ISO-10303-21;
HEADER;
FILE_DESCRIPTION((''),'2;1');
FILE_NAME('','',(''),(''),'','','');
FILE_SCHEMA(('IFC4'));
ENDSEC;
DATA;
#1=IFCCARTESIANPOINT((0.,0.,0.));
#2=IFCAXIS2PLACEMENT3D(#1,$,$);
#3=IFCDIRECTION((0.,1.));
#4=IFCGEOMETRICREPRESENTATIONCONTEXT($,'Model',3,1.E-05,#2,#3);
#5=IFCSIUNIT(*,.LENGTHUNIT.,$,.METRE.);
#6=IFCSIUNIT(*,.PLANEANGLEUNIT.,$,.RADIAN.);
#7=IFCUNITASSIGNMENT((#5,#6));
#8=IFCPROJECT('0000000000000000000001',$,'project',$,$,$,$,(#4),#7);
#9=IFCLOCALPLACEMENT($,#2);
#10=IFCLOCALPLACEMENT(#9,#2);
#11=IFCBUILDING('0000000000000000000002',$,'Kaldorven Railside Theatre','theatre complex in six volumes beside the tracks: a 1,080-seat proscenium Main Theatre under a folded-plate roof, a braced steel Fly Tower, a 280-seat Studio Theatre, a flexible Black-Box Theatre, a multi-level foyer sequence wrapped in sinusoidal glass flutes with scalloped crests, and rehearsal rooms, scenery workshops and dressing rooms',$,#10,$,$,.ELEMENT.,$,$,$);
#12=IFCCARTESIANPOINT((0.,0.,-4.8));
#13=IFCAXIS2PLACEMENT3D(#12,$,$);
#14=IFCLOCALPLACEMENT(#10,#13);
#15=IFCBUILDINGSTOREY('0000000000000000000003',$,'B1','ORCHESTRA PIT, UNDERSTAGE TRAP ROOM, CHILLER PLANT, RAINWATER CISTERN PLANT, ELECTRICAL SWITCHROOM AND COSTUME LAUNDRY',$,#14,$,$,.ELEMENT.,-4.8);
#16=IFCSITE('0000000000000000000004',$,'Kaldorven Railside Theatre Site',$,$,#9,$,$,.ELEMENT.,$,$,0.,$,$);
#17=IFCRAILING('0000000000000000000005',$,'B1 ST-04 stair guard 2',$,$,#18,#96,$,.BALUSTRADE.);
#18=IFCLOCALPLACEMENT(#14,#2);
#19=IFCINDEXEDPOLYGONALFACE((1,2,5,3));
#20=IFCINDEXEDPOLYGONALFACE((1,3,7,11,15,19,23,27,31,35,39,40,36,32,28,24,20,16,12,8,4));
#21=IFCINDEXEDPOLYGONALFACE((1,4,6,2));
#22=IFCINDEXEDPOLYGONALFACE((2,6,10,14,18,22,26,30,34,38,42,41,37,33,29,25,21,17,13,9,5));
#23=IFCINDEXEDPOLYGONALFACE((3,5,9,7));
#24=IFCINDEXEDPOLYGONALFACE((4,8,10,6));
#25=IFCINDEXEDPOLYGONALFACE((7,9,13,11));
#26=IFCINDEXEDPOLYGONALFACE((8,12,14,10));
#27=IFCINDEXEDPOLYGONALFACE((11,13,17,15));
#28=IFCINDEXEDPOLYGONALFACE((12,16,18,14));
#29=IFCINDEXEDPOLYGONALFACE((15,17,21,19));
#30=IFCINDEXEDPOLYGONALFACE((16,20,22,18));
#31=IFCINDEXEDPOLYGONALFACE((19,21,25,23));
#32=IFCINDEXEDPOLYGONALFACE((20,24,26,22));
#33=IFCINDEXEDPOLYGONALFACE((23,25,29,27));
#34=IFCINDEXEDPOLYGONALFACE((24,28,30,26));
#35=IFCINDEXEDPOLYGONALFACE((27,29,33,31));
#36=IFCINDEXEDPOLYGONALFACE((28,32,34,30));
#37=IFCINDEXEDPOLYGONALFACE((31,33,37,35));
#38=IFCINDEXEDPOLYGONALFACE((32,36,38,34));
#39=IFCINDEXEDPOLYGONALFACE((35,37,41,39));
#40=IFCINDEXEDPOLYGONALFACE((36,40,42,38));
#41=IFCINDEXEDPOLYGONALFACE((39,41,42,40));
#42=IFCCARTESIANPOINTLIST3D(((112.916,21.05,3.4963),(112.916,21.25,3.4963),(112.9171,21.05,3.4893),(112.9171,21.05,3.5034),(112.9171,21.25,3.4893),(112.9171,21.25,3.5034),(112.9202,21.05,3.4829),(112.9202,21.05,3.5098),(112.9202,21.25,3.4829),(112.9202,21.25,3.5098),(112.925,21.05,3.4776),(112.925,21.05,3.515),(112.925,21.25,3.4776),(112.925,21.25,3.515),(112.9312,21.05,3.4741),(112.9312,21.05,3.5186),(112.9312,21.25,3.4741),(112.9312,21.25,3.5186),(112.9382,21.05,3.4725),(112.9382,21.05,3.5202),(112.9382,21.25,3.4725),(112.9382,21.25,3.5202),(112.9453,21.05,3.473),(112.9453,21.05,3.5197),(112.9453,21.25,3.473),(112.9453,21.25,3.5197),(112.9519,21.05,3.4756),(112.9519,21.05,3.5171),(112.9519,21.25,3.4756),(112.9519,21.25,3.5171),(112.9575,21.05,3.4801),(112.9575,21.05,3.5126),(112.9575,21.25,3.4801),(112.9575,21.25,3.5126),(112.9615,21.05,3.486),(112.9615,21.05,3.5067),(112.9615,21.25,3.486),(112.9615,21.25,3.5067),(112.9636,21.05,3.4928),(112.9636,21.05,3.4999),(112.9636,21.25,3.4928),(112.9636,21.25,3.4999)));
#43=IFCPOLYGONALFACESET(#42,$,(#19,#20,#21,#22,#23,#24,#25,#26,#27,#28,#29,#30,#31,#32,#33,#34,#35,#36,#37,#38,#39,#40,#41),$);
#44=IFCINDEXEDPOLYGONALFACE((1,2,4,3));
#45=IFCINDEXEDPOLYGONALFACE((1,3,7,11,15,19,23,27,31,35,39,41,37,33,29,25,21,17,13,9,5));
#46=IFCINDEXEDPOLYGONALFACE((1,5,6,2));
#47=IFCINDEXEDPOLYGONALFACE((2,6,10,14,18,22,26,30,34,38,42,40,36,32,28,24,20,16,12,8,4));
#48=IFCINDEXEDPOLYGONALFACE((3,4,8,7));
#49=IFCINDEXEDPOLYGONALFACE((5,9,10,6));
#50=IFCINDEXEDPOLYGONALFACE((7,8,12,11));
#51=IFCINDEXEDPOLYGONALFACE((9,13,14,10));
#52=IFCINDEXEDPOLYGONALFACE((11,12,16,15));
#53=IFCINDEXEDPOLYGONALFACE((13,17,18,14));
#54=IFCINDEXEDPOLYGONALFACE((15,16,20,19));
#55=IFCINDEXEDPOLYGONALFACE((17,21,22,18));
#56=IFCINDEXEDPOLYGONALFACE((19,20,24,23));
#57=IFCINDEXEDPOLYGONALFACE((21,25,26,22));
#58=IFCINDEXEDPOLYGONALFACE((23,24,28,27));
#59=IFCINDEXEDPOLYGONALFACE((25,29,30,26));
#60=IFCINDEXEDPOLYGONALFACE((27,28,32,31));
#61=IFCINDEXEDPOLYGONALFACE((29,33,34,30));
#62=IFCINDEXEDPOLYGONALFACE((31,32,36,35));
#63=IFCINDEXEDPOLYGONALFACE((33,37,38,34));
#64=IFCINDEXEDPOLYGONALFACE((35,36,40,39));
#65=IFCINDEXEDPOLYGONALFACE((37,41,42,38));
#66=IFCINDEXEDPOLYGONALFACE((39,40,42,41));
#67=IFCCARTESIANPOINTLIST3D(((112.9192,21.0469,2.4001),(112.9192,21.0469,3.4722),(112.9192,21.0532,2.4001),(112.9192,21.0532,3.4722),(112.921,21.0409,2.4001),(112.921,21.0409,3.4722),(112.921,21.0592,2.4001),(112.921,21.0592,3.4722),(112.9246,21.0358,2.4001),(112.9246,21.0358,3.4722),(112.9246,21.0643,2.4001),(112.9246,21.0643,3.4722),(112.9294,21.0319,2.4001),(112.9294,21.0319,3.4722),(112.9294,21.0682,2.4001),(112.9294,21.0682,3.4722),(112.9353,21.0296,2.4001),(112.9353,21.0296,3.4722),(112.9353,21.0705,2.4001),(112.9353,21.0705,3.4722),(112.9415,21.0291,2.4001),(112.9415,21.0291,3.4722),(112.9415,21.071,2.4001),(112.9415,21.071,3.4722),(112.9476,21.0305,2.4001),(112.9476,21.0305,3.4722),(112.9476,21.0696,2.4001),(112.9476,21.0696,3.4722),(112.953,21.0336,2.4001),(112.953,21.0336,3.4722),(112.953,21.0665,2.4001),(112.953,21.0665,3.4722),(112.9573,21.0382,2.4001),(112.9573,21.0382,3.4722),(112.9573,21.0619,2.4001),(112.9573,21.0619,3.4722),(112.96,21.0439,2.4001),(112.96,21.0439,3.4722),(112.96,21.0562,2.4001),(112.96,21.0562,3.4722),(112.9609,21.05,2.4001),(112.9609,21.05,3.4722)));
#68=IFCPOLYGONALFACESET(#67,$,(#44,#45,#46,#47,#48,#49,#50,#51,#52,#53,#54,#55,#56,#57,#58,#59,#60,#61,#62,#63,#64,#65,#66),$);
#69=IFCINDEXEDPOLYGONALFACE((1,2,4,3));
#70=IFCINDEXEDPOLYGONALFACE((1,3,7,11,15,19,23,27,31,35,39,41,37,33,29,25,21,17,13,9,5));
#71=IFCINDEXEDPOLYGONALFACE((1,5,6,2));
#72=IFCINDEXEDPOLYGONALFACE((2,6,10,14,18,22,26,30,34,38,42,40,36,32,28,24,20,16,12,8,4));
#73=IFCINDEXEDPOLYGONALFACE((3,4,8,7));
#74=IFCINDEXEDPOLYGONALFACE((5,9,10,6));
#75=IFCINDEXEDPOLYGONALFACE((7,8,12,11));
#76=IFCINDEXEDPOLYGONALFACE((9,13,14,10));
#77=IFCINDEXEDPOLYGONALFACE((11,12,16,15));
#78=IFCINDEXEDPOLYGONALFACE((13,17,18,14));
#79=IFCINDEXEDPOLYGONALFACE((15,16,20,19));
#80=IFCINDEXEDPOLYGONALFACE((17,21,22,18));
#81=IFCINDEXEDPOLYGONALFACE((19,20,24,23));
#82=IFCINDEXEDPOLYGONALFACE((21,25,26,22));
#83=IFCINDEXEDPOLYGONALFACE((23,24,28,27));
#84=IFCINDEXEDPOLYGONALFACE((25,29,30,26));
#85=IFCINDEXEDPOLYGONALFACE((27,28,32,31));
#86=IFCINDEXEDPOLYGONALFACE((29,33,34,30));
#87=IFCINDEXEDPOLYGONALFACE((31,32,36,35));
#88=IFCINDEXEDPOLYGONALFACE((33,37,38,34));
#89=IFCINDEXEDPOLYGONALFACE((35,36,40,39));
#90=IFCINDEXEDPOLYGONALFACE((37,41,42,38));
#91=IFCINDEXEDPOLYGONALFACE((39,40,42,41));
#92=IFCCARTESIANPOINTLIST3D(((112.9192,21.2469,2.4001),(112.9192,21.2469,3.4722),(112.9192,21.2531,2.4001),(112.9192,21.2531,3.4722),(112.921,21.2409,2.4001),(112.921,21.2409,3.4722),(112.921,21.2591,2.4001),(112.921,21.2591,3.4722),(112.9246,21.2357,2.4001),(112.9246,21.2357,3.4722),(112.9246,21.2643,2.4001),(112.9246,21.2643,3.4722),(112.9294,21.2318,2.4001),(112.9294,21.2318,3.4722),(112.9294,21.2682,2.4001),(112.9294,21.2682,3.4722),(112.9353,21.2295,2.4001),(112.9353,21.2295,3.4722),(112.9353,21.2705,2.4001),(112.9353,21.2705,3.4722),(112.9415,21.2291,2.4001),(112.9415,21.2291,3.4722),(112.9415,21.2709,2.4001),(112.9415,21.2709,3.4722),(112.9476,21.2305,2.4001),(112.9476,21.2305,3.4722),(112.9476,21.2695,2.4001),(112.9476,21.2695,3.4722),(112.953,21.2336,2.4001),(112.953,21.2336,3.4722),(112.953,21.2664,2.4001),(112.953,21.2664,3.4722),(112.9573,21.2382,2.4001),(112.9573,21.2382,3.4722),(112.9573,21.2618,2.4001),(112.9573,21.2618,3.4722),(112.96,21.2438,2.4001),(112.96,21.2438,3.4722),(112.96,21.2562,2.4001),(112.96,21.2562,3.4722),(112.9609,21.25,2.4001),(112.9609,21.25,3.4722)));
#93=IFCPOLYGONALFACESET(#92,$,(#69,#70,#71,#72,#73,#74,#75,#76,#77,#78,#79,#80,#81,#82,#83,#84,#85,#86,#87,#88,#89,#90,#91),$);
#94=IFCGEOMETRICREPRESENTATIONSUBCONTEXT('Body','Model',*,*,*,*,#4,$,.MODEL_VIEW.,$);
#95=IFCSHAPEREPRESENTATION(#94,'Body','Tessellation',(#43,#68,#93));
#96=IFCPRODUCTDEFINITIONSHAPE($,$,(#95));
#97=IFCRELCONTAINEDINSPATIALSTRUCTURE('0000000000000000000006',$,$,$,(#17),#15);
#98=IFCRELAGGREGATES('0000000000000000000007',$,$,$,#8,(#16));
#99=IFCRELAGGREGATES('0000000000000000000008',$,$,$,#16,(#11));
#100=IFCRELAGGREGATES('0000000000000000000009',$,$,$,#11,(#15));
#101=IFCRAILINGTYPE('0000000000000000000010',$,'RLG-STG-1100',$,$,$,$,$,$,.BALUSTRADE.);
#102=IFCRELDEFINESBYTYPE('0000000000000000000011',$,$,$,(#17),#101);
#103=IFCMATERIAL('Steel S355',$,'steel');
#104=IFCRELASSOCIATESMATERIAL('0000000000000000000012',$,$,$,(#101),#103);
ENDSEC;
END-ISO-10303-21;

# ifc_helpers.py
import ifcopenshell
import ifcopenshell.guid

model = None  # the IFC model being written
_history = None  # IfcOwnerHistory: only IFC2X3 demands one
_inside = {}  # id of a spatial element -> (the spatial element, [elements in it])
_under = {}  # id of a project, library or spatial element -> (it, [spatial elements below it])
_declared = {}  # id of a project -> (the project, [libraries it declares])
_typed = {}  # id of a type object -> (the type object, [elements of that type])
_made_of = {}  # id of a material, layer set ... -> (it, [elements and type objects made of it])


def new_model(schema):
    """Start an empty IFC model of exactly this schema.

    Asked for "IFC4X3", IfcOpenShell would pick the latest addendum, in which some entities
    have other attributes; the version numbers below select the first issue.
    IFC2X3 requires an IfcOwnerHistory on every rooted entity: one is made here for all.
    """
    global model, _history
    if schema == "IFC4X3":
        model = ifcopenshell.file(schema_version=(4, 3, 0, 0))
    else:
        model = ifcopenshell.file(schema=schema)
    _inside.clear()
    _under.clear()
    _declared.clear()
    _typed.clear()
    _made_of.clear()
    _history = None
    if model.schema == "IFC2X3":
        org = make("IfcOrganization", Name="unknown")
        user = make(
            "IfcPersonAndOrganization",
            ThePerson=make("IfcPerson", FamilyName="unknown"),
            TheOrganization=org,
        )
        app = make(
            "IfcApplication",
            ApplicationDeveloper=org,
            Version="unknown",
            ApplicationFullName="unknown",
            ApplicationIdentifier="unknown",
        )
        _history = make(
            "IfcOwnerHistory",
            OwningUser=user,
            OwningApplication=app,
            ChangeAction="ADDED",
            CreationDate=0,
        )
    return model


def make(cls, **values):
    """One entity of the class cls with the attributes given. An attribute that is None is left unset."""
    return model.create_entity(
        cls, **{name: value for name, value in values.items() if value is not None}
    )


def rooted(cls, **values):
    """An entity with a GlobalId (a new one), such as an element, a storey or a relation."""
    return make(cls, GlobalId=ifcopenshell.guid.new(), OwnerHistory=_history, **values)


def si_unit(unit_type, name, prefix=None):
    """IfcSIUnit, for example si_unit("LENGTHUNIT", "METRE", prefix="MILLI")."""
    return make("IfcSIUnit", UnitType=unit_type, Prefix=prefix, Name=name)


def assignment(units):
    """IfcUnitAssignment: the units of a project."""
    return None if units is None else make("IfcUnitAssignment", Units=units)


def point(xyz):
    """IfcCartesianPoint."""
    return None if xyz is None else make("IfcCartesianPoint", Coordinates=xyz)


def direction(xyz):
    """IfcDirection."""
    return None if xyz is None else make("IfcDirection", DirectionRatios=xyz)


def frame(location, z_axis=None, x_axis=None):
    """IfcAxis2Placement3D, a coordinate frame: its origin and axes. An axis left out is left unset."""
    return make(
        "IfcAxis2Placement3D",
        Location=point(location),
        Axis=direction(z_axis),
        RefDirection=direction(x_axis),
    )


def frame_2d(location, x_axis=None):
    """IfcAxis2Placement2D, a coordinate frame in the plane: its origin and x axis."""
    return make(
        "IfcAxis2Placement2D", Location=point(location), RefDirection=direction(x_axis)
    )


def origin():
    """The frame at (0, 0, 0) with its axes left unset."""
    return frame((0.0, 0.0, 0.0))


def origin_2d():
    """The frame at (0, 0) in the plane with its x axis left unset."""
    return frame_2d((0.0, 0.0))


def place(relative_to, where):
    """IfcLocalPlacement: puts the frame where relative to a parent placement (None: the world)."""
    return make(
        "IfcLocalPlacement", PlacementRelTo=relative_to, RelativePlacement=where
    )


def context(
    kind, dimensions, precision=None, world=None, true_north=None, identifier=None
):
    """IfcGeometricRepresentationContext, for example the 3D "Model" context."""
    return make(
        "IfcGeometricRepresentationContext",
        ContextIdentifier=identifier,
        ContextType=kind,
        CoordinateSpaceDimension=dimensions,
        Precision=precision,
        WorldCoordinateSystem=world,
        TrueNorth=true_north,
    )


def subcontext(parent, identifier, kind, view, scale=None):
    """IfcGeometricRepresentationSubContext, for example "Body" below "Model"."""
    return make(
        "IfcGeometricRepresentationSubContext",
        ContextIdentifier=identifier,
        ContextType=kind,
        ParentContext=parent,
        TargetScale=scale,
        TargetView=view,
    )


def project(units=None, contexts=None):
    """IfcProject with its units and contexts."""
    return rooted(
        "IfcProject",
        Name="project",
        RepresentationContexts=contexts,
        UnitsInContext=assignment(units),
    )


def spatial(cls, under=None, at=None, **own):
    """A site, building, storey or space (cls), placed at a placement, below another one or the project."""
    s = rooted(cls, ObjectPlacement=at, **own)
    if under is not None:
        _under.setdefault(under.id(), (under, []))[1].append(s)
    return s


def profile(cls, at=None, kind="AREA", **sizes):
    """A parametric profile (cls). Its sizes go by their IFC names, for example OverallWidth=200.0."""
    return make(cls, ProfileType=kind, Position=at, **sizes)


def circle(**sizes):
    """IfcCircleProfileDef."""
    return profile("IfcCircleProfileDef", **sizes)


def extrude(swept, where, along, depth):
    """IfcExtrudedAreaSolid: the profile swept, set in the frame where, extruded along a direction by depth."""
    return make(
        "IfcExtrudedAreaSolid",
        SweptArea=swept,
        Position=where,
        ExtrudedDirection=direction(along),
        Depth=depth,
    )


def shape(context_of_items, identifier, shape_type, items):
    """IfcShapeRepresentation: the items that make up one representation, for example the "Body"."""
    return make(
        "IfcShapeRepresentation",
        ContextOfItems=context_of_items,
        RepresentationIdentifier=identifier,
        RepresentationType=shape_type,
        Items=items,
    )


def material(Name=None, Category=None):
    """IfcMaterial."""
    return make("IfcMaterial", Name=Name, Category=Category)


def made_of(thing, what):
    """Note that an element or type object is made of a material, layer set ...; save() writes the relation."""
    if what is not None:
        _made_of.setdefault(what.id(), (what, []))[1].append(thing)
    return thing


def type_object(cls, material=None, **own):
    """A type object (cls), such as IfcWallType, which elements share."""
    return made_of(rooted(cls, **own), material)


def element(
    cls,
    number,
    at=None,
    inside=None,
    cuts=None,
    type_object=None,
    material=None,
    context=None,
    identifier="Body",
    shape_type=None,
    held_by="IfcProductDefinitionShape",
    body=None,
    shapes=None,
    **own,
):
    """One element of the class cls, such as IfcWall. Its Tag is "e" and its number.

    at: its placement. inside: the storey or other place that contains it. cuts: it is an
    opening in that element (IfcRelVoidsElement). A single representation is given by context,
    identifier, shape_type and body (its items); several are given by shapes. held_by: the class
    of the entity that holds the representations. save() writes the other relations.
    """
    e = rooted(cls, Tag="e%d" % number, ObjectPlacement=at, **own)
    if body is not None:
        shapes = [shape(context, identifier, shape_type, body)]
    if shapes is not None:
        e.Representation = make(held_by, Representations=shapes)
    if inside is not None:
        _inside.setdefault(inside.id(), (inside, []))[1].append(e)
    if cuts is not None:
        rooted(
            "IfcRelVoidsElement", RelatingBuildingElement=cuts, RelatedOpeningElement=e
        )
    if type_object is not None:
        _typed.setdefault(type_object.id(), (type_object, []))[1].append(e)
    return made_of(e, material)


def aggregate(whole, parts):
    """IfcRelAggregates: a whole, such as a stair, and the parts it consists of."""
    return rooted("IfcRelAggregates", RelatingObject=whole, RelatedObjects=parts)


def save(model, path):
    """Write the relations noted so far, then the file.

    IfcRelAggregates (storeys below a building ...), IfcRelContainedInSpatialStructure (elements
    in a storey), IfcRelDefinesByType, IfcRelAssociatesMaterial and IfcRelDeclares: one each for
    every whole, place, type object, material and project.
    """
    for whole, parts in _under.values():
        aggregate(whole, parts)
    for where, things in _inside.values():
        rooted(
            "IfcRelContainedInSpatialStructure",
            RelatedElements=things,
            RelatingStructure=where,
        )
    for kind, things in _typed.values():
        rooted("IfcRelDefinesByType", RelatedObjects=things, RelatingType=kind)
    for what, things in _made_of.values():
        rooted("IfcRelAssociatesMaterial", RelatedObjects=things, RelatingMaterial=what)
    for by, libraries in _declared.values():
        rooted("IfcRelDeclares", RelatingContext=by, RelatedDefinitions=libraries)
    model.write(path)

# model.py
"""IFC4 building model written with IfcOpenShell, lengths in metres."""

from ifc_helpers import new_model, si_unit, direction, frame, origin, origin_2d, place, context, subcontext, project, spatial, circle, extrude, material, type_object, element, save


model = new_model("IFC4")

# Units and contexts
model_context = context("Model", 3, precision=1e-05, world=origin(), true_north=direction((0.0, 1.0)))
body_context = subcontext(model_context, "Body", "Model", "MODEL_VIEW")
ifc_project = project(units=[si_unit("LENGTHUNIT", "METRE"), si_unit("PLANEANGLEUNIT", "RADIAN")], contexts=[model_context])

# Site, building, storey
site_placement = place(None, origin())
site = spatial("IfcSite", under=ifc_project, at=site_placement, Name="Kaldorven Railside Theatre Site", CompositionType="ELEMENT", RefElevation=0.0)
building_placement = place(site_placement, origin())
building = spatial("IfcBuilding", under=site, at=building_placement, Name="Kaldorven Railside Theatre", Description="theatre complex in six volumes beside the tracks: a 1,080-seat proscenium Main Theatre under a folded-plate roof, a braced steel Fly Tower, a 280-seat Studio Theatre, a flexible Black-Box Theatre, a multi-level foyer sequence wrapped in sinusoidal glass flutes with scalloped crests, and rehearsal rooms, scenery workshops and dressing rooms", CompositionType="ELEMENT")
storey_placement = place(building_placement, frame((0.0, 0.0, -4.8)))
storey = spatial("IfcBuildingStorey", under=building, at=storey_placement, Name="B1", Description="ORCHESTRA PIT, UNDERSTAGE TRAP ROOM, CHILLER PLANT, RAINWATER CISTERN PLANT, ELECTRICAL SWITCHROOM AND COSTUME LAUNDRY", CompositionType="ELEMENT", Elevation=-4.8)

# Railing
ifc_material_1 = material(Name="Steel S355", Category="steel")
railing_type_1 = type_object("IfcRailingType", Name="RLG-STG-1100", PredefinedType="BALUSTRADE", material=ifc_material_1)
railing_1_placement = place(storey_placement, frame((112.9399, 21.05, 2.4001)))
element("IfcRailing", 1, at=railing_1_placement, inside=storey, type_object=railing_type_1, Name="B1 ST-04 stair guard 2", PredefinedType="BALUSTRADE", context=body_context, shape_type="SweptSolid", body=[
    extrude(circle(Radius=0.0239, at=origin_2d()), frame((0.0, 0.0, 1.0962), z_axis=(0.0, 1.0, 0.0), x_axis=(-1.0, 0.0, 0.0)), (0.0, 0.0, 1.0), 0.2),
    extrude(circle(Radius=0.021, at=origin_2d()), origin(), (0.0, 0.0, 1.0), 1.072),
    extrude(circle(Radius=0.021, at=origin_2d()), frame((0.0, 0.2, 0.0)), (0.0, 0.0, 1.0), 1.072),
])

save(model, "model.ifc")
